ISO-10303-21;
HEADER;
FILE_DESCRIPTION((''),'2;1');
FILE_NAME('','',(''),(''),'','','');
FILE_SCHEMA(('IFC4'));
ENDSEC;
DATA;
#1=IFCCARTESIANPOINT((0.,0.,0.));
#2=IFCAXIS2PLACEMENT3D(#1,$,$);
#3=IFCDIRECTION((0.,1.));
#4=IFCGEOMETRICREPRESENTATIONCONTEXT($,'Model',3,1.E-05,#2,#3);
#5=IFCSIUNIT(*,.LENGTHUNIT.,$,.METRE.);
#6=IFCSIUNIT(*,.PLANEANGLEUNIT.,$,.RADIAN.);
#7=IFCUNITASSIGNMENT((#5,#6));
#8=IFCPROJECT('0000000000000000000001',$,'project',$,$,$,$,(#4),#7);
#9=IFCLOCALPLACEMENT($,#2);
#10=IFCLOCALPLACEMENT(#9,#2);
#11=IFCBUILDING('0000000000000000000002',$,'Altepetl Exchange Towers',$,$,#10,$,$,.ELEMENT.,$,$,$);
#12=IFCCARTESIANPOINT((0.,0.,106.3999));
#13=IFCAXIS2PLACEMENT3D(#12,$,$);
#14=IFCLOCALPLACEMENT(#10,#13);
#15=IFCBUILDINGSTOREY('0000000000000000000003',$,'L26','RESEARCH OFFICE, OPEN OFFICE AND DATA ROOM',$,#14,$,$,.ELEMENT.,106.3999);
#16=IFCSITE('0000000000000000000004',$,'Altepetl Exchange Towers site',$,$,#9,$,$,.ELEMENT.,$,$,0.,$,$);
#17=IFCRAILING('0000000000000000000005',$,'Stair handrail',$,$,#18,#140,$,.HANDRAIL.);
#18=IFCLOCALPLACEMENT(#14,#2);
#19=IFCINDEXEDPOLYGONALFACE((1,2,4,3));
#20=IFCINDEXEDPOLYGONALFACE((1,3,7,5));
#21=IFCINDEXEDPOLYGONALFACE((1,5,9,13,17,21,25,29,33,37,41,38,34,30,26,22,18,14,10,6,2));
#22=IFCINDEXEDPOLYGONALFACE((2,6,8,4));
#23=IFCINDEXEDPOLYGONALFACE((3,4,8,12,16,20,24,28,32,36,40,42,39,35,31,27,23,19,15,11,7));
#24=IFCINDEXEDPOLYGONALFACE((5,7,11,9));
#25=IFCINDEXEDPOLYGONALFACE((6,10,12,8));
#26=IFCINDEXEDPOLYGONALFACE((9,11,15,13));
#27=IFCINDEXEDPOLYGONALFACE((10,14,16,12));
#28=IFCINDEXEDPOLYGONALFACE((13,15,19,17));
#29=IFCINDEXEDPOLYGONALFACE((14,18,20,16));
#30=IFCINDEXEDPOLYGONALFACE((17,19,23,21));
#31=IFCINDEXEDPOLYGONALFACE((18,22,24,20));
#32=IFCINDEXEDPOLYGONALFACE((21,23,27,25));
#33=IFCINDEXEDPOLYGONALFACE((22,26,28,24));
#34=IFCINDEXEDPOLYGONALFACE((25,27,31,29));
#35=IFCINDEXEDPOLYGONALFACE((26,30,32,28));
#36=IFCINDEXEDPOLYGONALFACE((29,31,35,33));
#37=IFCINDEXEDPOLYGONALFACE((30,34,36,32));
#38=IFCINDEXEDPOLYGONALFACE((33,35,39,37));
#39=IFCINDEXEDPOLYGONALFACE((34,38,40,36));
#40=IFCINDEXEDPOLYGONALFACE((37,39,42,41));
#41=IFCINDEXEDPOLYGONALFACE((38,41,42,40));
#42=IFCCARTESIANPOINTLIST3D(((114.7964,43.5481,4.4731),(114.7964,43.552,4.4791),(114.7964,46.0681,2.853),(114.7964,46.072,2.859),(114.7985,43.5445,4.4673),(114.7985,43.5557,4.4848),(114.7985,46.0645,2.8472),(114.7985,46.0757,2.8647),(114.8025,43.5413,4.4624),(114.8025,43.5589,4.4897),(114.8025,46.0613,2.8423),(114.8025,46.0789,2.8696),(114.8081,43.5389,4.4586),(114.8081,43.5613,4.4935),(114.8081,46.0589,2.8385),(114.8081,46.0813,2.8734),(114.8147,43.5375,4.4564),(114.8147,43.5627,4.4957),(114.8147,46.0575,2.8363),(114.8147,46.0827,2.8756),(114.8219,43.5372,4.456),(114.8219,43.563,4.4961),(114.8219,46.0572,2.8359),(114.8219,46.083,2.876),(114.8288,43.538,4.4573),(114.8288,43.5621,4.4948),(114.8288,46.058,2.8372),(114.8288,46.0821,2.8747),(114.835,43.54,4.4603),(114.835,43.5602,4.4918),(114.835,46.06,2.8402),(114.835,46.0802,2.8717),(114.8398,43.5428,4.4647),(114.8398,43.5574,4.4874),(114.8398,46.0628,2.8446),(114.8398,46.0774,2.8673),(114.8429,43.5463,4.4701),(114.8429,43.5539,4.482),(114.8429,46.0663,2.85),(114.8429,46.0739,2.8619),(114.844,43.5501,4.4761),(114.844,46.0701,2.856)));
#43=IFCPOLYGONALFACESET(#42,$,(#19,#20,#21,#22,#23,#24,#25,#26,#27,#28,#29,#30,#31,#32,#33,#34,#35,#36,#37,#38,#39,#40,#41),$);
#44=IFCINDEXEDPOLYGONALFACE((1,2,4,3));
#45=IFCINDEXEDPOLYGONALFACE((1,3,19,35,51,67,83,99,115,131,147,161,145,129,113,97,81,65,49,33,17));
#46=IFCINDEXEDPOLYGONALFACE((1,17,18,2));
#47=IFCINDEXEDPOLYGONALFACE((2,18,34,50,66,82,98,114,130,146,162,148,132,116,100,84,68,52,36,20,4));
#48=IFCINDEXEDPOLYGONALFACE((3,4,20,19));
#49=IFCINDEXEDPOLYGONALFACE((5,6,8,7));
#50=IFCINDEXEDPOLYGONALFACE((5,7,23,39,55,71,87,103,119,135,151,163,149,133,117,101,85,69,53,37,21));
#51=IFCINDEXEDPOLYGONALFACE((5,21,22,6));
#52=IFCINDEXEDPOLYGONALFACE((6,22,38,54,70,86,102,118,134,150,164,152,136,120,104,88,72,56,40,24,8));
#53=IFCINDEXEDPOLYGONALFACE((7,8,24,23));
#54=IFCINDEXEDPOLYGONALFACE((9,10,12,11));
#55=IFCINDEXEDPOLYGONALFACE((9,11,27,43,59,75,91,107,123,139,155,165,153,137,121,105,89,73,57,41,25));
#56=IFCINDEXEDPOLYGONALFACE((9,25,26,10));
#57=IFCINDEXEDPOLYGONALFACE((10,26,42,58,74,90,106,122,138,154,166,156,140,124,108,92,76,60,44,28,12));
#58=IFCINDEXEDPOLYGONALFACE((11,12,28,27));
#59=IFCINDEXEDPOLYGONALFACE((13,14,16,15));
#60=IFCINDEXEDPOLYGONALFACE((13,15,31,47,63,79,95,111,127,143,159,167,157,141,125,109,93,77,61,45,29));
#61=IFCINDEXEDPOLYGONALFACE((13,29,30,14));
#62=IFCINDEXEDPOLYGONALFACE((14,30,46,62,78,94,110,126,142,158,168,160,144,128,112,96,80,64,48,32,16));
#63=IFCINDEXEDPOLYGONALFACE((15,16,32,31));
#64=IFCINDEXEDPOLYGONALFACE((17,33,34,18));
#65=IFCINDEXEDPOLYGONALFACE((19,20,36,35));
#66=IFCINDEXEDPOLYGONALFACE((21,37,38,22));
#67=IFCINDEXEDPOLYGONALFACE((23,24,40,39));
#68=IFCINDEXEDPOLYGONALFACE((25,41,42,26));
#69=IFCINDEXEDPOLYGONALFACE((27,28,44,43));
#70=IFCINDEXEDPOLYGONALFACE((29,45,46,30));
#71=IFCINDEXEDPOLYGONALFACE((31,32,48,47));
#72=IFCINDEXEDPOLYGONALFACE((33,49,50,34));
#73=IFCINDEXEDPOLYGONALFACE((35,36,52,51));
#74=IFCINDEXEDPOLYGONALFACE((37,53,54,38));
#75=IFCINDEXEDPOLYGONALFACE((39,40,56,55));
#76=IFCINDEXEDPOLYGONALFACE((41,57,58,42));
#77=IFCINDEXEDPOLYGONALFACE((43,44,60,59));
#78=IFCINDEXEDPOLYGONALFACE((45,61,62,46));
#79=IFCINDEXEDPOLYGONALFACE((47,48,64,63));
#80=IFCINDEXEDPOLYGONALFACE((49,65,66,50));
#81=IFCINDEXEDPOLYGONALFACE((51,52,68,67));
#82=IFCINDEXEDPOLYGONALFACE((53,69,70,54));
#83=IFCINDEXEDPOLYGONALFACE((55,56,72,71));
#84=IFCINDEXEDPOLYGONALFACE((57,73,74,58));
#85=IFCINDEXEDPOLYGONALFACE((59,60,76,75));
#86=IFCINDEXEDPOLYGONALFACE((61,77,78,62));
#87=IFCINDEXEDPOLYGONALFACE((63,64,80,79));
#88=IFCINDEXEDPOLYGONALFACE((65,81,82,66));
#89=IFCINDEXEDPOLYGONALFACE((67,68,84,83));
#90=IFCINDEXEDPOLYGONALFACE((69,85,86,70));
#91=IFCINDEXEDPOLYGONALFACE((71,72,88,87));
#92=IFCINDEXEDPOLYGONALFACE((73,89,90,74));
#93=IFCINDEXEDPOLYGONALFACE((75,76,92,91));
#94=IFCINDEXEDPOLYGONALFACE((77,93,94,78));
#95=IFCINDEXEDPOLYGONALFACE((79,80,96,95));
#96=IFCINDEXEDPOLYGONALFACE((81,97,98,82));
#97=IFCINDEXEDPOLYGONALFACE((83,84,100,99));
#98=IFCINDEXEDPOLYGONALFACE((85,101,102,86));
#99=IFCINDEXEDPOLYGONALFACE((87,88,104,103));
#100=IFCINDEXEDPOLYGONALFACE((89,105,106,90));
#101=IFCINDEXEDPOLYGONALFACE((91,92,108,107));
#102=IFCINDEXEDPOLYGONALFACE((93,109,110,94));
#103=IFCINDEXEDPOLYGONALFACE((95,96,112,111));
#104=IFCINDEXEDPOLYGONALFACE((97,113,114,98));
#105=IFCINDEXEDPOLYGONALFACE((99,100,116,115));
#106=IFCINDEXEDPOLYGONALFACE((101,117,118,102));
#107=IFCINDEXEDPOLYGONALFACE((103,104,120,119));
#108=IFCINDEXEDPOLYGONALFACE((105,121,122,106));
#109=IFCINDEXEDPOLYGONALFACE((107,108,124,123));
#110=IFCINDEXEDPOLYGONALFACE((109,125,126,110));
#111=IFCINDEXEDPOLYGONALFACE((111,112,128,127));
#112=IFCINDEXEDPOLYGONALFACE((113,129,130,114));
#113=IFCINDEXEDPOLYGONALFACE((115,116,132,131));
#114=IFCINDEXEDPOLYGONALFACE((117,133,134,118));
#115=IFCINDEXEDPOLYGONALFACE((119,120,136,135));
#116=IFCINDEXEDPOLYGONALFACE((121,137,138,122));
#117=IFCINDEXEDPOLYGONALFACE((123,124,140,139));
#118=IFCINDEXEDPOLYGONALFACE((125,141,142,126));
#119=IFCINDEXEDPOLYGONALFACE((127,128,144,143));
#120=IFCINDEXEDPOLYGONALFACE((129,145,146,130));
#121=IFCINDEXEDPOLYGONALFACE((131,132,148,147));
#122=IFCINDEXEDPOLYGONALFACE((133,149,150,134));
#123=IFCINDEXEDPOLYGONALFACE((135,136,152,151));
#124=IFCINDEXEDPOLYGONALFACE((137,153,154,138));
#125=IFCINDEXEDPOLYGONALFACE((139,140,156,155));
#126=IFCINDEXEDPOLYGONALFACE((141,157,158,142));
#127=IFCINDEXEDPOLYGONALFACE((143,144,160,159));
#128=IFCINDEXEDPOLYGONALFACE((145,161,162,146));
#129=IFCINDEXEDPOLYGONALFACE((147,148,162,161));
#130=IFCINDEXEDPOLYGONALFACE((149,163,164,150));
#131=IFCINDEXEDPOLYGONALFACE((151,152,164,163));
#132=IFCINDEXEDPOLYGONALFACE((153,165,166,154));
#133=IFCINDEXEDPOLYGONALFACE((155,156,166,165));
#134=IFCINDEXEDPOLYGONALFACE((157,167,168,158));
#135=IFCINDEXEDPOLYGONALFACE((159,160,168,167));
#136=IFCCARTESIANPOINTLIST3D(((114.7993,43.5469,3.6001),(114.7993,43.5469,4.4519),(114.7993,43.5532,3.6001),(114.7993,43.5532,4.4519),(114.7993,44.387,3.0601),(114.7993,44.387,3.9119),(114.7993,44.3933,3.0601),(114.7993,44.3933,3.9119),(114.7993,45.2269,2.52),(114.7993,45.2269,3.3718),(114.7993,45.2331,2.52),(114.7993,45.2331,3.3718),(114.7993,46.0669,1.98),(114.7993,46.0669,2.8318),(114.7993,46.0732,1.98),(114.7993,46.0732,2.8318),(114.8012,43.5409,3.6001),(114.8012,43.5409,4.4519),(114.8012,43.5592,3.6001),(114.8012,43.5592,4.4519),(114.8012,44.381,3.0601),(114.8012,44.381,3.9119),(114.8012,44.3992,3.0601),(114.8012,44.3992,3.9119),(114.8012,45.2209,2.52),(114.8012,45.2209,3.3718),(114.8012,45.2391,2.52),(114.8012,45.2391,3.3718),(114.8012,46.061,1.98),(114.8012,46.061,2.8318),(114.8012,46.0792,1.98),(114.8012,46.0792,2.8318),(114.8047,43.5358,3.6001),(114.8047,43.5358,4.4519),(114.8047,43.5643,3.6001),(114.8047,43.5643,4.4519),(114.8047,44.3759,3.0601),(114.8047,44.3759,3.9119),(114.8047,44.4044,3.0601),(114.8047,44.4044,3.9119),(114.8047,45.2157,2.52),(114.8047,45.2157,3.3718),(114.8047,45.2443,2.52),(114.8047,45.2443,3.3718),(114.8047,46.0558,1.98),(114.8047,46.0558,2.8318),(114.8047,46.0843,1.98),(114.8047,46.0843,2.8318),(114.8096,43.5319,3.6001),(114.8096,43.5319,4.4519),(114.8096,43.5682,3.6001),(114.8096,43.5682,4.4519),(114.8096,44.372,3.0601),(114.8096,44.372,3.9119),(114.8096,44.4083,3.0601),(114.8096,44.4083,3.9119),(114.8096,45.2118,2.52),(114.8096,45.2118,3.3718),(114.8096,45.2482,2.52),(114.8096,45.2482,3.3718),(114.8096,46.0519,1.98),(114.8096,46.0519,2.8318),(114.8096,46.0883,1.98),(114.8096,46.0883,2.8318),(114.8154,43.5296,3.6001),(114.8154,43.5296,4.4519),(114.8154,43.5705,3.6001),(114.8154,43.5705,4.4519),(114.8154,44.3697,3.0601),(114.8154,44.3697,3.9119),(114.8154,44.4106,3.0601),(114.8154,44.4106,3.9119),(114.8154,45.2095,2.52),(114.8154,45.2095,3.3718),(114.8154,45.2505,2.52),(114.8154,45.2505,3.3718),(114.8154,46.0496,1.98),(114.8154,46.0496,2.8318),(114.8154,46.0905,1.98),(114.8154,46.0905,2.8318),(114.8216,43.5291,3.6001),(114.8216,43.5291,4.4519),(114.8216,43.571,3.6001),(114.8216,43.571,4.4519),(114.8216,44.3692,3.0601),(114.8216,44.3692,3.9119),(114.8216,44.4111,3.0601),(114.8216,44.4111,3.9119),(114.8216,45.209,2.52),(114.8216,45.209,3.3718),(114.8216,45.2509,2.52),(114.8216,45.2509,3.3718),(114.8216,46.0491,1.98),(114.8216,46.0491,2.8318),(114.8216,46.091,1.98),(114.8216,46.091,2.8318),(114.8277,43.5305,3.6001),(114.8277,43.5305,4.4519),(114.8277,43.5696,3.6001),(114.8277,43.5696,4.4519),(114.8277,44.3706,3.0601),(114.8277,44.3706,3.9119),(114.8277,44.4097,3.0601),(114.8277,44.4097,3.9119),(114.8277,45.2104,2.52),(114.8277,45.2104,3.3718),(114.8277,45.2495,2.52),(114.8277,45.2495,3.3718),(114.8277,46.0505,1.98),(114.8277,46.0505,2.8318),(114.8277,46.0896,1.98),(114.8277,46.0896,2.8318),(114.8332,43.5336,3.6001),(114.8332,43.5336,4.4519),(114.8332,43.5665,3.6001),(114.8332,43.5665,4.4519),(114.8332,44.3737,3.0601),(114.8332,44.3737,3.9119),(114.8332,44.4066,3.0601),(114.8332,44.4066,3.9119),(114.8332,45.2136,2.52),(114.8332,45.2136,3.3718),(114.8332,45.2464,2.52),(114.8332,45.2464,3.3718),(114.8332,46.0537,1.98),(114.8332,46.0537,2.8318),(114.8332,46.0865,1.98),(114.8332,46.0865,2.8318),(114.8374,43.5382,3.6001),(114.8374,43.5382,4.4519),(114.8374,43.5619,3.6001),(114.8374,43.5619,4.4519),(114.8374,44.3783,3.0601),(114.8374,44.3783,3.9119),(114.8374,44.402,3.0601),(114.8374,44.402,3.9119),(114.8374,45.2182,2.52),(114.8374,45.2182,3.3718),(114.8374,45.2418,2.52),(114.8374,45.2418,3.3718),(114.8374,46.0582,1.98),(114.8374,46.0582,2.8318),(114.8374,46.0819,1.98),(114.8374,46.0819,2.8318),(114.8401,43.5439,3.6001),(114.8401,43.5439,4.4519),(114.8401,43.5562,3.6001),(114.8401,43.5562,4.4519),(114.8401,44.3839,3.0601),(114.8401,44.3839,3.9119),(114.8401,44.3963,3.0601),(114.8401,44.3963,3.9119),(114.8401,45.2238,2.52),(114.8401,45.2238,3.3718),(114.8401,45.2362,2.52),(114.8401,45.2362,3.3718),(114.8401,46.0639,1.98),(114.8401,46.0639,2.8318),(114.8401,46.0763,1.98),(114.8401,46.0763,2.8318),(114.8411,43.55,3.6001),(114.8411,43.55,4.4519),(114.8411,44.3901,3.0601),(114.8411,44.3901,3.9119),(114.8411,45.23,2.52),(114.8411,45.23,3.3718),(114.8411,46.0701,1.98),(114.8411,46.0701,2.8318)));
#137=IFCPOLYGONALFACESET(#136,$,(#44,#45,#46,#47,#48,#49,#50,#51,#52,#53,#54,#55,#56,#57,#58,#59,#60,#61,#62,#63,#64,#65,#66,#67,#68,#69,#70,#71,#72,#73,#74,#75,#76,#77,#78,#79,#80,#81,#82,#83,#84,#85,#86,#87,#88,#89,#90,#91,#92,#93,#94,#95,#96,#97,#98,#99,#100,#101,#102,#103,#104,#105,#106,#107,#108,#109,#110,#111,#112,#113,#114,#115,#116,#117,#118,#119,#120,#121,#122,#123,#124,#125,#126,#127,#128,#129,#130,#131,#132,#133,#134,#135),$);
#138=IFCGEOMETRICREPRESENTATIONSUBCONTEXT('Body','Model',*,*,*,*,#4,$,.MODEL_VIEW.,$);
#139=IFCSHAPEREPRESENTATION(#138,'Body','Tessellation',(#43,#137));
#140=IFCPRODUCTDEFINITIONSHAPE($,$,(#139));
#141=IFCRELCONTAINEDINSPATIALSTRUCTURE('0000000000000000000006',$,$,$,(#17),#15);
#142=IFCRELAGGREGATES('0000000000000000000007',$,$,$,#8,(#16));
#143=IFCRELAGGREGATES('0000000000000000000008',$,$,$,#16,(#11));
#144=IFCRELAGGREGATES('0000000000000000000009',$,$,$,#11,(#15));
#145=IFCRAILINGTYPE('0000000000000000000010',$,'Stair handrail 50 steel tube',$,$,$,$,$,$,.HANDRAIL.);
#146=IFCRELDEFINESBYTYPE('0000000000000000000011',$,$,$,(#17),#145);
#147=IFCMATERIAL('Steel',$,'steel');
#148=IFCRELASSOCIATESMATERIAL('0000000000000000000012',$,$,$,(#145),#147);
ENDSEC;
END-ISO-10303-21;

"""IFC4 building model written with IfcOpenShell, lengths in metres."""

from ifc_helpers import new_model, si_unit, direction, frame, origin, origin_2d, place, context, subcontext, project, spatial, circle, extrude, source, transform, mapped, material, type_object, element, save


model = new_model("IFC4")

# Units and contexts
model_context = context("Model", 3, precision=1e-05, world=origin(), true_north=direction((0.0, 1.0)))
body_context = subcontext(model_context, "Body", "Model", "MODEL_VIEW")
ifc_project = project(units=[si_unit("LENGTHUNIT", "METRE"), si_unit("PLANEANGLEUNIT", "RADIAN")], contexts=[model_context])

# Site, building, storey
site_placement = place(None, origin())
site = spatial("IfcSite", under=ifc_project, at=site_placement, Name="Altepetl Exchange Towers site", CompositionType="ELEMENT", RefElevation=0.0)
building_placement = place(site_placement, origin())
building = spatial("IfcBuilding", under=site, at=building_placement, Name="Altepetl Exchange Towers", CompositionType="ELEMENT")
storey_placement = place(building_placement, frame((0.0, 0.0, 106.3999)))
storey = spatial("IfcBuildingStorey", under=building, at=storey_placement, Name="L26", Description="RESEARCH OFFICE, OPEN OFFICE AND DATA ROOM", CompositionType="ELEMENT", Elevation=106.3999)

# Railing
ifc_material_1 = material(Name="Steel", Category="steel")
railing_type = type_object("IfcRailingType", Name="Stair handrail 50 steel tube", PredefinedType="HANDRAIL", material=ifc_material_1)
shared_shape = source(origin(), body_context, "Body", "SweptSolid", [
    extrude(circle(Radius=0.021, at=origin_2d()), origin(), (0.0, 0.0, 1.0), 0.8518),
])
railing_1_placement = place(storey_placement, frame((114.8201, 46.0701, 1.98)))
element("IfcRailing", 1, at=railing_1_placement, inside=storey, type_object=railing_type, Name="Stair handrail", PredefinedType="HANDRAIL", context=body_context, shape_type="SweptSolid", body=[
    extrude(circle(Radius=0.0239, at=origin_2d()), frame((0.0, 0.0, 0.876), z_axis=(0.0, -0.841163, 0.540782), x_axis=(1.0, 0.0, 0.0)), (0.0, 0.0, 1.0), 2.9958),
    mapped(shared_shape, transform((0.0, 0.0, 0.0))),
    mapped(shared_shape, transform((0.0, -0.8401, 0.54))),
    mapped(shared_shape, transform((0.0, -1.6799, 1.0801))),
    mapped(shared_shape, transform((0.0, -2.52, 1.6201))),
])

save(model, "model.ifc")
